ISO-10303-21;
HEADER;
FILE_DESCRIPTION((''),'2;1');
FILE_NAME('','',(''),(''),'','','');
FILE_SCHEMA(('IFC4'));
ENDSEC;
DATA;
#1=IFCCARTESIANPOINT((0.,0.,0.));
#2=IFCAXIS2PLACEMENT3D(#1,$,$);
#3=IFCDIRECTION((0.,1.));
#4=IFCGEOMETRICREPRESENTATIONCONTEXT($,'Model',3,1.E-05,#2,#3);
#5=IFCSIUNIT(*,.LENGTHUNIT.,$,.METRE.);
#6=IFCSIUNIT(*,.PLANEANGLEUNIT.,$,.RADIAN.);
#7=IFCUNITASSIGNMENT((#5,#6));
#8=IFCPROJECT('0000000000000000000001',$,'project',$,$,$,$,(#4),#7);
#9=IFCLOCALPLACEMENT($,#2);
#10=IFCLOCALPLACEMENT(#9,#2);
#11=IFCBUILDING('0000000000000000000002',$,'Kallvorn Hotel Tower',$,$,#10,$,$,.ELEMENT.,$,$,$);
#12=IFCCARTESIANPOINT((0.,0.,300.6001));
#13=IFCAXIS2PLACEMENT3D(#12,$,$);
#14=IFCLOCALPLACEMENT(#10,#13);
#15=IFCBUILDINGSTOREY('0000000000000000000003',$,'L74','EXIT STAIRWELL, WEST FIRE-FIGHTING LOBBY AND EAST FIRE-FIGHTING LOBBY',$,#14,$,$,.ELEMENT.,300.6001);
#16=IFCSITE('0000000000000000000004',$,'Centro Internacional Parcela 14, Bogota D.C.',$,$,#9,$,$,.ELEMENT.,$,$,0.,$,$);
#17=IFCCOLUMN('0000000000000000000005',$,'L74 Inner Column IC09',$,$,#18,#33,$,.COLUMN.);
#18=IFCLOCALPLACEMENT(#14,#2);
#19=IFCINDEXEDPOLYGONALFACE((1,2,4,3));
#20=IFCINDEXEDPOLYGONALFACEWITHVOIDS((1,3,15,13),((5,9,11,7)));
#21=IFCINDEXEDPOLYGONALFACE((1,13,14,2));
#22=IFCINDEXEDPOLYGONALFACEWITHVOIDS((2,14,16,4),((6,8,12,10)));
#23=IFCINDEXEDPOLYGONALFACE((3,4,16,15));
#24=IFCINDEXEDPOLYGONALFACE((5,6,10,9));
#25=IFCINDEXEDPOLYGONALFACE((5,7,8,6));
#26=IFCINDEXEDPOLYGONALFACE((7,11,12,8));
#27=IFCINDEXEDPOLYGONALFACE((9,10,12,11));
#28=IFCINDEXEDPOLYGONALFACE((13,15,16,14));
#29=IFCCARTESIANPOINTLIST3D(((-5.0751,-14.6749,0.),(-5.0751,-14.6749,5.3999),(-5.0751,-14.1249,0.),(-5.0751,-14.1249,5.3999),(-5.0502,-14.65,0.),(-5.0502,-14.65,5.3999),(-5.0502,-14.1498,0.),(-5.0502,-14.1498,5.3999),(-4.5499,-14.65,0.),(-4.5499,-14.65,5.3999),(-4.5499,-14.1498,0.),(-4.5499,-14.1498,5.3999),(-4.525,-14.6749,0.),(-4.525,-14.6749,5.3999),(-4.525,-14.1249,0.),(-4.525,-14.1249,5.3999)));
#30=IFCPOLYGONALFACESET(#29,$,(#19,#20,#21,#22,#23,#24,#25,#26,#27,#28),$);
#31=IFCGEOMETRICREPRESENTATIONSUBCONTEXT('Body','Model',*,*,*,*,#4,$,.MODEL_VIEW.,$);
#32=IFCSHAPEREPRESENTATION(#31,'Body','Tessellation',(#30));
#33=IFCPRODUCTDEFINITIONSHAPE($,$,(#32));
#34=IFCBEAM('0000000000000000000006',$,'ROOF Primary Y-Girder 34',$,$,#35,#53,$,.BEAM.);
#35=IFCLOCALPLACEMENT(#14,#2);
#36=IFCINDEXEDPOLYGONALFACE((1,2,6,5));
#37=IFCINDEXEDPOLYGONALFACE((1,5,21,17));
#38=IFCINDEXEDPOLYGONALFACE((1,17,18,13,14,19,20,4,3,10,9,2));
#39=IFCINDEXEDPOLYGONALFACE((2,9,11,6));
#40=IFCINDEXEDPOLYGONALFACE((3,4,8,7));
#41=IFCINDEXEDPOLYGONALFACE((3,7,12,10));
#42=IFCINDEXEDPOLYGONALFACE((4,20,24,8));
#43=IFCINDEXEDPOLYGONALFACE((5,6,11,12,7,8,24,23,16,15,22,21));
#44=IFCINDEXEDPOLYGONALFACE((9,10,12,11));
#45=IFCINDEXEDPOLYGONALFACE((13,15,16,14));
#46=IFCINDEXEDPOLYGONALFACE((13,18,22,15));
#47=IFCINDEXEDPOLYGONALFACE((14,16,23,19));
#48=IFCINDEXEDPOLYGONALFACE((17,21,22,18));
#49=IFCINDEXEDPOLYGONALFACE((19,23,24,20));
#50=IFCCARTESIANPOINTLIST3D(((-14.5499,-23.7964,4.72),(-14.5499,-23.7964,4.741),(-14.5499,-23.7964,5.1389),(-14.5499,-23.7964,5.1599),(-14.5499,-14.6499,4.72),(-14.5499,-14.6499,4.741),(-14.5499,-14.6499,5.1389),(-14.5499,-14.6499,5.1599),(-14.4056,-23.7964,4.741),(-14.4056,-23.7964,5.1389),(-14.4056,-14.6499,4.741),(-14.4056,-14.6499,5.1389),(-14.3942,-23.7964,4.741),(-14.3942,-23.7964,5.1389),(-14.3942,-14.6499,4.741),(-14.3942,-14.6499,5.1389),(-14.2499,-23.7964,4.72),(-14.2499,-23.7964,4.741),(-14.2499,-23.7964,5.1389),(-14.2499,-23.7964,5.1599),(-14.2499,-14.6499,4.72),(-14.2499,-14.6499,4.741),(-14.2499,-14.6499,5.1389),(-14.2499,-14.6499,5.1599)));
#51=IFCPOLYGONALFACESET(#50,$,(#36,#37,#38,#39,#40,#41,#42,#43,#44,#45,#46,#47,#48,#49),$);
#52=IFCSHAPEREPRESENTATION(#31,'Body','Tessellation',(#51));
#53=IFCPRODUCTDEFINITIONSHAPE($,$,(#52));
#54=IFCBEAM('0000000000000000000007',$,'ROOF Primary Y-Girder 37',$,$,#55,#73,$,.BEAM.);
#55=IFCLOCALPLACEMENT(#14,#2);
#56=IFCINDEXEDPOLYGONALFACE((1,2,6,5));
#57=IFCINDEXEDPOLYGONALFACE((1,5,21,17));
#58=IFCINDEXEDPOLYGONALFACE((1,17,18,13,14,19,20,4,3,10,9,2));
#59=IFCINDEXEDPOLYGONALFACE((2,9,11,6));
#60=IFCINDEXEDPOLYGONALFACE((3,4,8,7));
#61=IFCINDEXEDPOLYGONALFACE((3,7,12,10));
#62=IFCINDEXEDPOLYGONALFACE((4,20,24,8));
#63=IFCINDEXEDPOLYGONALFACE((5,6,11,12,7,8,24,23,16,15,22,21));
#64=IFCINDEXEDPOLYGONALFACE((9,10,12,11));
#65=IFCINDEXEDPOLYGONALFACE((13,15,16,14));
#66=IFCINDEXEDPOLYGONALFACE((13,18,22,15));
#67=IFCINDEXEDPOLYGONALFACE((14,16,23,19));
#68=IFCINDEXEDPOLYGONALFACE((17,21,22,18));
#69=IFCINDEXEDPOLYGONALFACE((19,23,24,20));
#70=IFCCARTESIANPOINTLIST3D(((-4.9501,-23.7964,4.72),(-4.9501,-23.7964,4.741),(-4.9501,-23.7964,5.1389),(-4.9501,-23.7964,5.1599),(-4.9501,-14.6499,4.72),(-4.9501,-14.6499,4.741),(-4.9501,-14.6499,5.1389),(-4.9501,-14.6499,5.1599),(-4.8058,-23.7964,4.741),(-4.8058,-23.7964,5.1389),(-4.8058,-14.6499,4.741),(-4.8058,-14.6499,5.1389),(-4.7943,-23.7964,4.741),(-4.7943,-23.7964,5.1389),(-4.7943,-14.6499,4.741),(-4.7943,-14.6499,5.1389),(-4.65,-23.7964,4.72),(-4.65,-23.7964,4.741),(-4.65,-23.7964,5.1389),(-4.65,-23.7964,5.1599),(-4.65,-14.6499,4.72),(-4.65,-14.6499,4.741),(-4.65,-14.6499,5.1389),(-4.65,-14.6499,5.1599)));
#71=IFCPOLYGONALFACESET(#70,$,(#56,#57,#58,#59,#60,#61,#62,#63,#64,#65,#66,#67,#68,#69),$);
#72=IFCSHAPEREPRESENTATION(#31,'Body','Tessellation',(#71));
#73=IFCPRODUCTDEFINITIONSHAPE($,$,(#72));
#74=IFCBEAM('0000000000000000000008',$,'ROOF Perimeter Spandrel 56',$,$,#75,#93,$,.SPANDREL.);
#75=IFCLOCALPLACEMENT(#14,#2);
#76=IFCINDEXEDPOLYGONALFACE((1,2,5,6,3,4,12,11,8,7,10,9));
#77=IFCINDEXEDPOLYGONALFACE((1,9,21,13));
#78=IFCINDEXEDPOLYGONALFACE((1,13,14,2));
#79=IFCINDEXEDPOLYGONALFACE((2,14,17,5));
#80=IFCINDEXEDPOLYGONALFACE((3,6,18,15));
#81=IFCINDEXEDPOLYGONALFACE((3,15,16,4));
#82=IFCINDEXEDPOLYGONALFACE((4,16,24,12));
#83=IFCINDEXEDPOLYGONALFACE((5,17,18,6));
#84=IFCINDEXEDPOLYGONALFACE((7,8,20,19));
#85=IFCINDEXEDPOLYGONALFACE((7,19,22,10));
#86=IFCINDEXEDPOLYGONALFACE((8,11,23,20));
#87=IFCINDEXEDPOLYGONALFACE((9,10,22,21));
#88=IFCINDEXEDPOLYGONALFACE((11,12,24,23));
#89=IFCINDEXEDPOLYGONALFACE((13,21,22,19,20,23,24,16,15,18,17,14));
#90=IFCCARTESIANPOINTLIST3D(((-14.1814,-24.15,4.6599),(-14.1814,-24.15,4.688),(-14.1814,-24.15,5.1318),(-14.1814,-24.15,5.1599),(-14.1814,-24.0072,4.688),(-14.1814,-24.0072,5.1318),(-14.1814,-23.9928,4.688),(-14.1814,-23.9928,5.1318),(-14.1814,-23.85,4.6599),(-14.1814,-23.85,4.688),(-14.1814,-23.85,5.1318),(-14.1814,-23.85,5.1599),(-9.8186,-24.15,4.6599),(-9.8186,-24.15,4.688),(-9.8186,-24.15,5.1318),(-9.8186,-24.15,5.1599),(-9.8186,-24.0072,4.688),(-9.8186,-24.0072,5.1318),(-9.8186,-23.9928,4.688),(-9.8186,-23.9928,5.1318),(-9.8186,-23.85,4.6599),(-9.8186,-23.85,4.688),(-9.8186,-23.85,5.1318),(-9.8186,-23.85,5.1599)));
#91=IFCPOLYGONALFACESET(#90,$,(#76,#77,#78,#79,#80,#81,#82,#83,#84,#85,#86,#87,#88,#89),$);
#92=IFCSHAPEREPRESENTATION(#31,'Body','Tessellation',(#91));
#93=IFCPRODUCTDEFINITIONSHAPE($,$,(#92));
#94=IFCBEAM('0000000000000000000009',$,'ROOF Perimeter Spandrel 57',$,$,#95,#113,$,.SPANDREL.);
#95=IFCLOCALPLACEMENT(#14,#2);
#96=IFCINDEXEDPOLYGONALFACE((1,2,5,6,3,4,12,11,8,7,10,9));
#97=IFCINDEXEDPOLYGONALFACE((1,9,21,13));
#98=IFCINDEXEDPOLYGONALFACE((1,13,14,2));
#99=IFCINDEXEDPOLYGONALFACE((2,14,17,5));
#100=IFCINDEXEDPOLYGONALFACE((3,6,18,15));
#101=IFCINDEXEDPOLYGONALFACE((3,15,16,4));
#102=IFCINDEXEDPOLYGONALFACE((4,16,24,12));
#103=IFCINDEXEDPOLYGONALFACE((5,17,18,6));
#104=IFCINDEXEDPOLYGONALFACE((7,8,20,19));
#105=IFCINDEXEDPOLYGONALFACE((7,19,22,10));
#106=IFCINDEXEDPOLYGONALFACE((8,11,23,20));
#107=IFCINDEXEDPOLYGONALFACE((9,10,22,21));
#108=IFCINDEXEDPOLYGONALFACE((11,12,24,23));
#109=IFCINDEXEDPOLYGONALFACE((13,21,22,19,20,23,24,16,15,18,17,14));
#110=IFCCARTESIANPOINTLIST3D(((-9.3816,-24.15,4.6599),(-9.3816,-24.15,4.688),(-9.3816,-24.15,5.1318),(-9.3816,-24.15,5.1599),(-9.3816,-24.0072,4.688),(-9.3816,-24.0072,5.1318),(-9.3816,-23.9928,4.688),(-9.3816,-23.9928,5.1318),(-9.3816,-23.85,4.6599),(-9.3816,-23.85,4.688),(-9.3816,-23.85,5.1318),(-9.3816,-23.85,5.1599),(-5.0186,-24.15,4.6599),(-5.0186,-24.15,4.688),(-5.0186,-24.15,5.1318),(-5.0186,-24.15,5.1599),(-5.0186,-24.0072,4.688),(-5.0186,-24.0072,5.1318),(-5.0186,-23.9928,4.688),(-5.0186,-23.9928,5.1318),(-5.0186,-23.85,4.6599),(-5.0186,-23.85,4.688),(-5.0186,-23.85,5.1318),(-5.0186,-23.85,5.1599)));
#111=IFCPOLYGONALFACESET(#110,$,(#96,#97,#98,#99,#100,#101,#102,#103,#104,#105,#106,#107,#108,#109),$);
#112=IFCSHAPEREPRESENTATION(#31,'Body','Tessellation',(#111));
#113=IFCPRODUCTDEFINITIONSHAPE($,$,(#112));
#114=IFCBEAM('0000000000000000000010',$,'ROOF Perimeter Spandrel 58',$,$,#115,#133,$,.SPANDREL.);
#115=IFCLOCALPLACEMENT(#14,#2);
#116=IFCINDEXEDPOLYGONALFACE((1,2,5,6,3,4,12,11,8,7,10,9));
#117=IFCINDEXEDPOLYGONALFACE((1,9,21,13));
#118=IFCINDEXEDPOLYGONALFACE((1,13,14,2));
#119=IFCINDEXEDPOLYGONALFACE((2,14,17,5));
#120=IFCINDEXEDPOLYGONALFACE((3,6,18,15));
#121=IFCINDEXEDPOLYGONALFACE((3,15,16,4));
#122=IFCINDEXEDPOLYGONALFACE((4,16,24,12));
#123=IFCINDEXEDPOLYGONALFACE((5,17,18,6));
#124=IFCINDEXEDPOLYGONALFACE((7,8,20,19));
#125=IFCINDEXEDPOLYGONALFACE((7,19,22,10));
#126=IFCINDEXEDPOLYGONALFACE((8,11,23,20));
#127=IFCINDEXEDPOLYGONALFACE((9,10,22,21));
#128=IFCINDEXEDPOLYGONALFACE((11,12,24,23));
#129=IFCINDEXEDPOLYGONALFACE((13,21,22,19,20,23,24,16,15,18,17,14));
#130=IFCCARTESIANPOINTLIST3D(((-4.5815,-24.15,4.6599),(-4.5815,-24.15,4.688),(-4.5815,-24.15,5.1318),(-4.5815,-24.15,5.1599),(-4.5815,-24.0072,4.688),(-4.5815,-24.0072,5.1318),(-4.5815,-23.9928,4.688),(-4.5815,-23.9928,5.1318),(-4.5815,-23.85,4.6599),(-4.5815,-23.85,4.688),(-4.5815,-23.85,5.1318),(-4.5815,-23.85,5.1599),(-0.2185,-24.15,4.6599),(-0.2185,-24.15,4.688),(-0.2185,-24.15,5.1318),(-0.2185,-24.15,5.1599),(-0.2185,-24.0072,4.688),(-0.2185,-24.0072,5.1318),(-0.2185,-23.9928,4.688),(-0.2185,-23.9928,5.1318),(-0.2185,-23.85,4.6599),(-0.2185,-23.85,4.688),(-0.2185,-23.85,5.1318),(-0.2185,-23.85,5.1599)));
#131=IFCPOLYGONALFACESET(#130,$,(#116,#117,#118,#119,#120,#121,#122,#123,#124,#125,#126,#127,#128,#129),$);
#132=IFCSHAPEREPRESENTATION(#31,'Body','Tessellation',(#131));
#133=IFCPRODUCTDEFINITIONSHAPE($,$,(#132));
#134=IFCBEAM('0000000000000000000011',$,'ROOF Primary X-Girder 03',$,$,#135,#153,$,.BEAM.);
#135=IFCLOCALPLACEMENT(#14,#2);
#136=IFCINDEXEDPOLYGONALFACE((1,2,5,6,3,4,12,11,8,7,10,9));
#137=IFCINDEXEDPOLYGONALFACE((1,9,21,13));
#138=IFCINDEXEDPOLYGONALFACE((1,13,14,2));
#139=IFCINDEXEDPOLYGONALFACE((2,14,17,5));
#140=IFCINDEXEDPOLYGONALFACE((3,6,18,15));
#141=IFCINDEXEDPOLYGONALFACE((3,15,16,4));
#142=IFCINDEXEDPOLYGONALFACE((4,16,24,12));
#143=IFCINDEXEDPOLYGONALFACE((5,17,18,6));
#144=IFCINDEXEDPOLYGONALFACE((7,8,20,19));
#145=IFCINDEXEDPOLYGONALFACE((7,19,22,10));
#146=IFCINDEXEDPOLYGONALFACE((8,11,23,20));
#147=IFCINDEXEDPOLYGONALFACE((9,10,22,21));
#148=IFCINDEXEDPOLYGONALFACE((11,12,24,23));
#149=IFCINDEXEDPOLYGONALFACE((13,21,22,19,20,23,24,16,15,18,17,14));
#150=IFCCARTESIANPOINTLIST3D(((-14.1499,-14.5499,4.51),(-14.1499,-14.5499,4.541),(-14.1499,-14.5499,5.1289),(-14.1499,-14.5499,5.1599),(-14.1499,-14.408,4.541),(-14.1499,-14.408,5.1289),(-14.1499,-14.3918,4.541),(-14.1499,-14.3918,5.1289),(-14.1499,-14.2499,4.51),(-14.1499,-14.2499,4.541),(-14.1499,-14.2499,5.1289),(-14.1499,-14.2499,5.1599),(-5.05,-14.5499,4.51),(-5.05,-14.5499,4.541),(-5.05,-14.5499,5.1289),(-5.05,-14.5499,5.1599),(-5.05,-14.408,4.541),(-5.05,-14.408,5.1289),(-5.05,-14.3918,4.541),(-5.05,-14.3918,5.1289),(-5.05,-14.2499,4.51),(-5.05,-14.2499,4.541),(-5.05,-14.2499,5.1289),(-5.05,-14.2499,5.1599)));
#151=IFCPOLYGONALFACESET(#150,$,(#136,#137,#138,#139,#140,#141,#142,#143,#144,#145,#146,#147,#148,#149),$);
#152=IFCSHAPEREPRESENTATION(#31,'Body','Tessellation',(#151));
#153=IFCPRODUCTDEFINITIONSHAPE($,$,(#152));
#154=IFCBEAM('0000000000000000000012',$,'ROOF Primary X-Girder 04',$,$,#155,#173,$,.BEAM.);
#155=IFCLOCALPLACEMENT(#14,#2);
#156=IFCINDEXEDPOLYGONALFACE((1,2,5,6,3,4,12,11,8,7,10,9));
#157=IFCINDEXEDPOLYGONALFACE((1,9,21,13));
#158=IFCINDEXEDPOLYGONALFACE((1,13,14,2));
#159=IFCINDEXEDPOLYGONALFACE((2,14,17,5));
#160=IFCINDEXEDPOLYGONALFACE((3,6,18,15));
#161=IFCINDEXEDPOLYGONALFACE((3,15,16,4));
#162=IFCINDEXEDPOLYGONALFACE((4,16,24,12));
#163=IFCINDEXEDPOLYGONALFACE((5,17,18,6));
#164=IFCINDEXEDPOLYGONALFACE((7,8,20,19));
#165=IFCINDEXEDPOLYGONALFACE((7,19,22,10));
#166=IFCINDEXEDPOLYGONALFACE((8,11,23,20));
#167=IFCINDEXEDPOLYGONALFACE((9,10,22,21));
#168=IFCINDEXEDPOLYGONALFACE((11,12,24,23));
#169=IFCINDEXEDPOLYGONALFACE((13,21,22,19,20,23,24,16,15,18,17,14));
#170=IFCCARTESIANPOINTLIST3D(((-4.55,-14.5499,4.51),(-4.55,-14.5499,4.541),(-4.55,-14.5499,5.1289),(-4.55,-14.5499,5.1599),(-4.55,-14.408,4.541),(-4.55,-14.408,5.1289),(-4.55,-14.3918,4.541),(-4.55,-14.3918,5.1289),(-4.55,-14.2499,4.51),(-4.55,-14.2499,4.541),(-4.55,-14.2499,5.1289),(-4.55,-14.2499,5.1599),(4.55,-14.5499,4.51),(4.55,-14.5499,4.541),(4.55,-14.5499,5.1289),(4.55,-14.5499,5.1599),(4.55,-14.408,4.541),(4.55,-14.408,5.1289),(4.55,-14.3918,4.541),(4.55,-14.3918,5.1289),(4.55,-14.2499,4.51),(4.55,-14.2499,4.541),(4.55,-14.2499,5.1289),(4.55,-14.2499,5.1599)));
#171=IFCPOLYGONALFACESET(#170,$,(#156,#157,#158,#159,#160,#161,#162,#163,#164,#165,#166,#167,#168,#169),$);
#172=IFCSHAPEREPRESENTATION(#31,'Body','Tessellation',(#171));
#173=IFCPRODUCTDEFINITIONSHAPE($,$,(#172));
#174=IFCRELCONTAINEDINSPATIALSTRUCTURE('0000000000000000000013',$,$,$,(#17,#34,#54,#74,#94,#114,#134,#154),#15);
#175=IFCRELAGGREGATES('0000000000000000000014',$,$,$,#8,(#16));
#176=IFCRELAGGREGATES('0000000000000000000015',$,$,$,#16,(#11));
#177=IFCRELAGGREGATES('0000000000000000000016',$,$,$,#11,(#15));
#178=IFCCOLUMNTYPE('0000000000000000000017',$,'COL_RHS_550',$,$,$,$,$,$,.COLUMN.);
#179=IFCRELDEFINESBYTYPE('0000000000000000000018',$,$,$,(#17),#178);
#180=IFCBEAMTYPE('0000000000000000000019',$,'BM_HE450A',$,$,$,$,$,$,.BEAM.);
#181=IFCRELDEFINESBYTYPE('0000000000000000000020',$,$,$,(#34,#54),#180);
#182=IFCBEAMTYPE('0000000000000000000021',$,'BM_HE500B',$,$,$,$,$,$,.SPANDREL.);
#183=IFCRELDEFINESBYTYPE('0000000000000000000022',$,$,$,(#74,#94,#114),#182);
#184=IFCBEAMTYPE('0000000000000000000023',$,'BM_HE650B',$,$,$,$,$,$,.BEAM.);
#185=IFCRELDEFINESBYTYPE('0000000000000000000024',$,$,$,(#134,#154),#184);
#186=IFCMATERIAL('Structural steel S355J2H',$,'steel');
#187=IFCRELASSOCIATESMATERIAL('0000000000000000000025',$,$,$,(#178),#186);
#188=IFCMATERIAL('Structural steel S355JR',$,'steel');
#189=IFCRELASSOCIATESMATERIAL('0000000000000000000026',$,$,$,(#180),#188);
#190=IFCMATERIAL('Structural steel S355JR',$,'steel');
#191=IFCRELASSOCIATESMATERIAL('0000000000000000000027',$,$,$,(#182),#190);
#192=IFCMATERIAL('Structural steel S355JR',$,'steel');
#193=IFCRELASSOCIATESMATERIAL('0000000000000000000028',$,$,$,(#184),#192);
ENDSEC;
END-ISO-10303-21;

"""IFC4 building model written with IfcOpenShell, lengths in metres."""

from ifc_helpers import new_model, si_unit, direction, frame, origin, origin_2d, place, context, subcontext, project, spatial, hollow_rectangle, i_section, extrude, material, material_profile, profile_set, type_object, element, save


model = new_model("IFC4")

# Units and contexts
model_context = context("Model", 3, precision=1e-05, world=origin(), true_north=direction((0.0, 1.0)))
body_context = subcontext(model_context, "Body", "Model", "MODEL_VIEW")
ifc_project = project(units=[si_unit("LENGTHUNIT", "METRE"), si_unit("PLANEANGLEUNIT", "RADIAN")], contexts=[model_context])

# Site, building, storey
site_placement = place(None, origin())
site = spatial("IfcSite", under=ifc_project, at=site_placement, Name="Centro Internacional Parcela 14, Bogota D.C.", CompositionType="ELEMENT", RefElevation=0.0)
building_placement = place(site_placement, origin())
building = spatial("IfcBuilding", under=site, at=building_placement, Name="Kallvorn Hotel Tower", CompositionType="ELEMENT")
storey_placement = place(building_placement, frame((0.0, 0.0, 300.6001)))
storey = spatial("IfcBuildingStorey", under=building, at=storey_placement, Name="L74", Description="EXIT STAIRWELL, WEST FIRE-FIGHTING LOBBY AND EAST FIRE-FIGHTING LOBBY", CompositionType="ELEMENT", Elevation=300.6001)

# Column
ifc_material_1 = material(Name="Structural steel S355J2H", Category="steel")
ifc_material_profile_1 = material_profile(ifc_material_1, hollow_rectangle(XDim=0.55, YDim=0.55, WallThickness=0.0249, at=origin_2d()), Name="RHS 550x550x25")
ifc_profile_set_1 = profile_set([ifc_material_profile_1], Name="Structural steel S355J2H")
column_type_1 = type_object("IfcColumnType", Name="COL_RHS_550", PredefinedType="COLUMN", material=ifc_profile_set_1)
for number, where, z_axis, x_axis, name in (
    (1, (-4.8, -14.3999, 0.0), (0.0, 0.0, 1.0), (1.0, 0.0, 0.0), "L74 Inner Column IC09"),
):
    element("IfcColumn", number, at=place(storey_placement, frame(where, z_axis=z_axis, x_axis=x_axis)), inside=storey, type_object=column_type_1, Name=name, PredefinedType="COLUMN", context=body_context, shape_type="SweptSolid", body=[
        extrude(hollow_rectangle(XDim=0.55, YDim=0.55, WallThickness=0.0249, at=origin_2d()), origin(), (0.0, 0.0, 1.0), 5.3999),
    ])

# Beams
ifc_material_2 = material(Name="Structural steel S355JR", Category="steel")
ifc_material_profile_2 = material_profile(ifc_material_2, i_section(OverallWidth=0.3, OverallDepth=0.4399, WebThickness=0.0115, FlangeThickness=0.021, at=origin_2d()), Name="HE 450 A")
ifc_profile_set_2 = profile_set([ifc_material_profile_2], Name="Structural steel S355JR")
beam_type_1 = type_object("IfcBeamType", Name="BM_HE450A", PredefinedType="BEAM", material=ifc_profile_set_2)
for number, where, z_axis, x_axis, name in (
    (2, (-14.3999, -23.7964, 4.9399), (0.0, 1.0, 0.0), (-1.0, 0.0, 0.0), "ROOF Primary Y-Girder 34"),
    (3, (-4.8, -23.7964, 4.9399), (0.0, 1.0, 0.0), (-1.0, 0.0, 0.0), "ROOF Primary Y-Girder 37"),
):
    element("IfcBeam", number, at=place(storey_placement, frame(where, z_axis=z_axis, x_axis=x_axis)), inside=storey, type_object=beam_type_1, Name=name, PredefinedType="BEAM", context=body_context, shape_type="SweptSolid", body=[
        extrude(i_section(OverallWidth=0.3, OverallDepth=0.4399, WebThickness=0.0115, FlangeThickness=0.021, at=origin_2d()), origin(), (0.0, 0.0, 1.0), 9.1465),
    ])
ifc_material_3 = material(Name="Structural steel S355JR", Category="steel")
ifc_material_profile_3 = material_profile(ifc_material_3, i_section(OverallWidth=0.3, OverallDepth=0.5, WebThickness=0.0144, FlangeThickness=0.0281, at=origin_2d()), Name="HE 500 B")
ifc_profile_set_3 = profile_set([ifc_material_profile_3], Name="Structural steel S355JR")
beam_type_2 = type_object("IfcBeamType", Name="BM_HE500B", PredefinedType="SPANDREL", material=ifc_profile_set_3)
beam_1_placement = place(storey_placement, frame((-14.1814, -24.0, 4.9099), z_axis=(1.0, 0.0, 0.0), x_axis=(0.0, 1.0, 0.0)))
element("IfcBeam", 4, at=beam_1_placement, inside=storey, type_object=beam_type_2, Name="ROOF Perimeter Spandrel 56", PredefinedType="SPANDREL", context=body_context, shape_type="SweptSolid", body=[
    extrude(i_section(OverallWidth=0.3, OverallDepth=0.5, WebThickness=0.0144, FlangeThickness=0.0281, at=origin_2d()), origin(), (0.0, 0.0, 1.0), 4.3628),
])
for number, where, z_axis, x_axis, name in (
    (5, (-9.3816, -24.0, 4.9099), (1.0, 0.0, 0.0), (0.0, 1.0, 0.0), "ROOF Perimeter Spandrel 57"),
    (6, (-4.5815, -24.0, 4.9099), (1.0, 0.0, 0.0), (0.0, 1.0, 0.0), "ROOF Perimeter Spandrel 58"),
):
    element("IfcBeam", number, at=place(storey_placement, frame(where, z_axis=z_axis, x_axis=x_axis)), inside=storey, type_object=beam_type_2, Name=name, PredefinedType="SPANDREL", context=body_context, shape_type="SweptSolid", body=[
        extrude(i_section(OverallWidth=0.3, OverallDepth=0.5, WebThickness=0.0144, FlangeThickness=0.0281, at=origin_2d()), origin(), (0.0, 0.0, 1.0), 4.363),
    ])
ifc_material_4 = material(Name="Structural steel S355JR", Category="steel")
ifc_material_profile_4 = material_profile(ifc_material_4, i_section(OverallWidth=0.3, OverallDepth=0.6499, WebThickness=0.0161, FlangeThickness=0.031, at=origin_2d()), Name="HE 650 B")
ifc_profile_set_4 = profile_set([ifc_material_profile_4], Name="Structural steel S355JR")
beam_type_3 = type_object("IfcBeamType", Name="BM_HE650B", PredefinedType="BEAM", material=ifc_profile_set_4)
beam_2_placement = place(storey_placement, frame((-14.1499, -14.3999, 4.835), z_axis=(1.0, 0.0, 0.0), x_axis=(0.0, 1.0, 0.0)))
element("IfcBeam", 7, at=beam_2_placement, inside=storey, type_object=beam_type_3, Name="ROOF Primary X-Girder 03", PredefinedType="BEAM", context=body_context, shape_type="SweptSolid", body=[
    extrude(i_section(OverallWidth=0.3, OverallDepth=0.6499, WebThickness=0.0161, FlangeThickness=0.031, at=origin_2d()), origin(), (0.0, 0.0, 1.0), 9.0999),
])
beam_3_placement = place(storey_placement, frame((-4.55, -14.3999, 4.835), z_axis=(1.0, 0.0, 0.0), x_axis=(0.0, 1.0, 0.0)))
element("IfcBeam", 8, at=beam_3_placement, inside=storey, type_object=beam_type_3, Name="ROOF Primary X-Girder 04", PredefinedType="BEAM", context=body_context, shape_type="SweptSolid", body=[
    extrude(i_section(OverallWidth=0.3, OverallDepth=0.6499, WebThickness=0.0161, FlangeThickness=0.031, at=origin_2d()), origin(), (0.0, 0.0, 1.0), 9.1001),
])

save(model, "model.ifc")
